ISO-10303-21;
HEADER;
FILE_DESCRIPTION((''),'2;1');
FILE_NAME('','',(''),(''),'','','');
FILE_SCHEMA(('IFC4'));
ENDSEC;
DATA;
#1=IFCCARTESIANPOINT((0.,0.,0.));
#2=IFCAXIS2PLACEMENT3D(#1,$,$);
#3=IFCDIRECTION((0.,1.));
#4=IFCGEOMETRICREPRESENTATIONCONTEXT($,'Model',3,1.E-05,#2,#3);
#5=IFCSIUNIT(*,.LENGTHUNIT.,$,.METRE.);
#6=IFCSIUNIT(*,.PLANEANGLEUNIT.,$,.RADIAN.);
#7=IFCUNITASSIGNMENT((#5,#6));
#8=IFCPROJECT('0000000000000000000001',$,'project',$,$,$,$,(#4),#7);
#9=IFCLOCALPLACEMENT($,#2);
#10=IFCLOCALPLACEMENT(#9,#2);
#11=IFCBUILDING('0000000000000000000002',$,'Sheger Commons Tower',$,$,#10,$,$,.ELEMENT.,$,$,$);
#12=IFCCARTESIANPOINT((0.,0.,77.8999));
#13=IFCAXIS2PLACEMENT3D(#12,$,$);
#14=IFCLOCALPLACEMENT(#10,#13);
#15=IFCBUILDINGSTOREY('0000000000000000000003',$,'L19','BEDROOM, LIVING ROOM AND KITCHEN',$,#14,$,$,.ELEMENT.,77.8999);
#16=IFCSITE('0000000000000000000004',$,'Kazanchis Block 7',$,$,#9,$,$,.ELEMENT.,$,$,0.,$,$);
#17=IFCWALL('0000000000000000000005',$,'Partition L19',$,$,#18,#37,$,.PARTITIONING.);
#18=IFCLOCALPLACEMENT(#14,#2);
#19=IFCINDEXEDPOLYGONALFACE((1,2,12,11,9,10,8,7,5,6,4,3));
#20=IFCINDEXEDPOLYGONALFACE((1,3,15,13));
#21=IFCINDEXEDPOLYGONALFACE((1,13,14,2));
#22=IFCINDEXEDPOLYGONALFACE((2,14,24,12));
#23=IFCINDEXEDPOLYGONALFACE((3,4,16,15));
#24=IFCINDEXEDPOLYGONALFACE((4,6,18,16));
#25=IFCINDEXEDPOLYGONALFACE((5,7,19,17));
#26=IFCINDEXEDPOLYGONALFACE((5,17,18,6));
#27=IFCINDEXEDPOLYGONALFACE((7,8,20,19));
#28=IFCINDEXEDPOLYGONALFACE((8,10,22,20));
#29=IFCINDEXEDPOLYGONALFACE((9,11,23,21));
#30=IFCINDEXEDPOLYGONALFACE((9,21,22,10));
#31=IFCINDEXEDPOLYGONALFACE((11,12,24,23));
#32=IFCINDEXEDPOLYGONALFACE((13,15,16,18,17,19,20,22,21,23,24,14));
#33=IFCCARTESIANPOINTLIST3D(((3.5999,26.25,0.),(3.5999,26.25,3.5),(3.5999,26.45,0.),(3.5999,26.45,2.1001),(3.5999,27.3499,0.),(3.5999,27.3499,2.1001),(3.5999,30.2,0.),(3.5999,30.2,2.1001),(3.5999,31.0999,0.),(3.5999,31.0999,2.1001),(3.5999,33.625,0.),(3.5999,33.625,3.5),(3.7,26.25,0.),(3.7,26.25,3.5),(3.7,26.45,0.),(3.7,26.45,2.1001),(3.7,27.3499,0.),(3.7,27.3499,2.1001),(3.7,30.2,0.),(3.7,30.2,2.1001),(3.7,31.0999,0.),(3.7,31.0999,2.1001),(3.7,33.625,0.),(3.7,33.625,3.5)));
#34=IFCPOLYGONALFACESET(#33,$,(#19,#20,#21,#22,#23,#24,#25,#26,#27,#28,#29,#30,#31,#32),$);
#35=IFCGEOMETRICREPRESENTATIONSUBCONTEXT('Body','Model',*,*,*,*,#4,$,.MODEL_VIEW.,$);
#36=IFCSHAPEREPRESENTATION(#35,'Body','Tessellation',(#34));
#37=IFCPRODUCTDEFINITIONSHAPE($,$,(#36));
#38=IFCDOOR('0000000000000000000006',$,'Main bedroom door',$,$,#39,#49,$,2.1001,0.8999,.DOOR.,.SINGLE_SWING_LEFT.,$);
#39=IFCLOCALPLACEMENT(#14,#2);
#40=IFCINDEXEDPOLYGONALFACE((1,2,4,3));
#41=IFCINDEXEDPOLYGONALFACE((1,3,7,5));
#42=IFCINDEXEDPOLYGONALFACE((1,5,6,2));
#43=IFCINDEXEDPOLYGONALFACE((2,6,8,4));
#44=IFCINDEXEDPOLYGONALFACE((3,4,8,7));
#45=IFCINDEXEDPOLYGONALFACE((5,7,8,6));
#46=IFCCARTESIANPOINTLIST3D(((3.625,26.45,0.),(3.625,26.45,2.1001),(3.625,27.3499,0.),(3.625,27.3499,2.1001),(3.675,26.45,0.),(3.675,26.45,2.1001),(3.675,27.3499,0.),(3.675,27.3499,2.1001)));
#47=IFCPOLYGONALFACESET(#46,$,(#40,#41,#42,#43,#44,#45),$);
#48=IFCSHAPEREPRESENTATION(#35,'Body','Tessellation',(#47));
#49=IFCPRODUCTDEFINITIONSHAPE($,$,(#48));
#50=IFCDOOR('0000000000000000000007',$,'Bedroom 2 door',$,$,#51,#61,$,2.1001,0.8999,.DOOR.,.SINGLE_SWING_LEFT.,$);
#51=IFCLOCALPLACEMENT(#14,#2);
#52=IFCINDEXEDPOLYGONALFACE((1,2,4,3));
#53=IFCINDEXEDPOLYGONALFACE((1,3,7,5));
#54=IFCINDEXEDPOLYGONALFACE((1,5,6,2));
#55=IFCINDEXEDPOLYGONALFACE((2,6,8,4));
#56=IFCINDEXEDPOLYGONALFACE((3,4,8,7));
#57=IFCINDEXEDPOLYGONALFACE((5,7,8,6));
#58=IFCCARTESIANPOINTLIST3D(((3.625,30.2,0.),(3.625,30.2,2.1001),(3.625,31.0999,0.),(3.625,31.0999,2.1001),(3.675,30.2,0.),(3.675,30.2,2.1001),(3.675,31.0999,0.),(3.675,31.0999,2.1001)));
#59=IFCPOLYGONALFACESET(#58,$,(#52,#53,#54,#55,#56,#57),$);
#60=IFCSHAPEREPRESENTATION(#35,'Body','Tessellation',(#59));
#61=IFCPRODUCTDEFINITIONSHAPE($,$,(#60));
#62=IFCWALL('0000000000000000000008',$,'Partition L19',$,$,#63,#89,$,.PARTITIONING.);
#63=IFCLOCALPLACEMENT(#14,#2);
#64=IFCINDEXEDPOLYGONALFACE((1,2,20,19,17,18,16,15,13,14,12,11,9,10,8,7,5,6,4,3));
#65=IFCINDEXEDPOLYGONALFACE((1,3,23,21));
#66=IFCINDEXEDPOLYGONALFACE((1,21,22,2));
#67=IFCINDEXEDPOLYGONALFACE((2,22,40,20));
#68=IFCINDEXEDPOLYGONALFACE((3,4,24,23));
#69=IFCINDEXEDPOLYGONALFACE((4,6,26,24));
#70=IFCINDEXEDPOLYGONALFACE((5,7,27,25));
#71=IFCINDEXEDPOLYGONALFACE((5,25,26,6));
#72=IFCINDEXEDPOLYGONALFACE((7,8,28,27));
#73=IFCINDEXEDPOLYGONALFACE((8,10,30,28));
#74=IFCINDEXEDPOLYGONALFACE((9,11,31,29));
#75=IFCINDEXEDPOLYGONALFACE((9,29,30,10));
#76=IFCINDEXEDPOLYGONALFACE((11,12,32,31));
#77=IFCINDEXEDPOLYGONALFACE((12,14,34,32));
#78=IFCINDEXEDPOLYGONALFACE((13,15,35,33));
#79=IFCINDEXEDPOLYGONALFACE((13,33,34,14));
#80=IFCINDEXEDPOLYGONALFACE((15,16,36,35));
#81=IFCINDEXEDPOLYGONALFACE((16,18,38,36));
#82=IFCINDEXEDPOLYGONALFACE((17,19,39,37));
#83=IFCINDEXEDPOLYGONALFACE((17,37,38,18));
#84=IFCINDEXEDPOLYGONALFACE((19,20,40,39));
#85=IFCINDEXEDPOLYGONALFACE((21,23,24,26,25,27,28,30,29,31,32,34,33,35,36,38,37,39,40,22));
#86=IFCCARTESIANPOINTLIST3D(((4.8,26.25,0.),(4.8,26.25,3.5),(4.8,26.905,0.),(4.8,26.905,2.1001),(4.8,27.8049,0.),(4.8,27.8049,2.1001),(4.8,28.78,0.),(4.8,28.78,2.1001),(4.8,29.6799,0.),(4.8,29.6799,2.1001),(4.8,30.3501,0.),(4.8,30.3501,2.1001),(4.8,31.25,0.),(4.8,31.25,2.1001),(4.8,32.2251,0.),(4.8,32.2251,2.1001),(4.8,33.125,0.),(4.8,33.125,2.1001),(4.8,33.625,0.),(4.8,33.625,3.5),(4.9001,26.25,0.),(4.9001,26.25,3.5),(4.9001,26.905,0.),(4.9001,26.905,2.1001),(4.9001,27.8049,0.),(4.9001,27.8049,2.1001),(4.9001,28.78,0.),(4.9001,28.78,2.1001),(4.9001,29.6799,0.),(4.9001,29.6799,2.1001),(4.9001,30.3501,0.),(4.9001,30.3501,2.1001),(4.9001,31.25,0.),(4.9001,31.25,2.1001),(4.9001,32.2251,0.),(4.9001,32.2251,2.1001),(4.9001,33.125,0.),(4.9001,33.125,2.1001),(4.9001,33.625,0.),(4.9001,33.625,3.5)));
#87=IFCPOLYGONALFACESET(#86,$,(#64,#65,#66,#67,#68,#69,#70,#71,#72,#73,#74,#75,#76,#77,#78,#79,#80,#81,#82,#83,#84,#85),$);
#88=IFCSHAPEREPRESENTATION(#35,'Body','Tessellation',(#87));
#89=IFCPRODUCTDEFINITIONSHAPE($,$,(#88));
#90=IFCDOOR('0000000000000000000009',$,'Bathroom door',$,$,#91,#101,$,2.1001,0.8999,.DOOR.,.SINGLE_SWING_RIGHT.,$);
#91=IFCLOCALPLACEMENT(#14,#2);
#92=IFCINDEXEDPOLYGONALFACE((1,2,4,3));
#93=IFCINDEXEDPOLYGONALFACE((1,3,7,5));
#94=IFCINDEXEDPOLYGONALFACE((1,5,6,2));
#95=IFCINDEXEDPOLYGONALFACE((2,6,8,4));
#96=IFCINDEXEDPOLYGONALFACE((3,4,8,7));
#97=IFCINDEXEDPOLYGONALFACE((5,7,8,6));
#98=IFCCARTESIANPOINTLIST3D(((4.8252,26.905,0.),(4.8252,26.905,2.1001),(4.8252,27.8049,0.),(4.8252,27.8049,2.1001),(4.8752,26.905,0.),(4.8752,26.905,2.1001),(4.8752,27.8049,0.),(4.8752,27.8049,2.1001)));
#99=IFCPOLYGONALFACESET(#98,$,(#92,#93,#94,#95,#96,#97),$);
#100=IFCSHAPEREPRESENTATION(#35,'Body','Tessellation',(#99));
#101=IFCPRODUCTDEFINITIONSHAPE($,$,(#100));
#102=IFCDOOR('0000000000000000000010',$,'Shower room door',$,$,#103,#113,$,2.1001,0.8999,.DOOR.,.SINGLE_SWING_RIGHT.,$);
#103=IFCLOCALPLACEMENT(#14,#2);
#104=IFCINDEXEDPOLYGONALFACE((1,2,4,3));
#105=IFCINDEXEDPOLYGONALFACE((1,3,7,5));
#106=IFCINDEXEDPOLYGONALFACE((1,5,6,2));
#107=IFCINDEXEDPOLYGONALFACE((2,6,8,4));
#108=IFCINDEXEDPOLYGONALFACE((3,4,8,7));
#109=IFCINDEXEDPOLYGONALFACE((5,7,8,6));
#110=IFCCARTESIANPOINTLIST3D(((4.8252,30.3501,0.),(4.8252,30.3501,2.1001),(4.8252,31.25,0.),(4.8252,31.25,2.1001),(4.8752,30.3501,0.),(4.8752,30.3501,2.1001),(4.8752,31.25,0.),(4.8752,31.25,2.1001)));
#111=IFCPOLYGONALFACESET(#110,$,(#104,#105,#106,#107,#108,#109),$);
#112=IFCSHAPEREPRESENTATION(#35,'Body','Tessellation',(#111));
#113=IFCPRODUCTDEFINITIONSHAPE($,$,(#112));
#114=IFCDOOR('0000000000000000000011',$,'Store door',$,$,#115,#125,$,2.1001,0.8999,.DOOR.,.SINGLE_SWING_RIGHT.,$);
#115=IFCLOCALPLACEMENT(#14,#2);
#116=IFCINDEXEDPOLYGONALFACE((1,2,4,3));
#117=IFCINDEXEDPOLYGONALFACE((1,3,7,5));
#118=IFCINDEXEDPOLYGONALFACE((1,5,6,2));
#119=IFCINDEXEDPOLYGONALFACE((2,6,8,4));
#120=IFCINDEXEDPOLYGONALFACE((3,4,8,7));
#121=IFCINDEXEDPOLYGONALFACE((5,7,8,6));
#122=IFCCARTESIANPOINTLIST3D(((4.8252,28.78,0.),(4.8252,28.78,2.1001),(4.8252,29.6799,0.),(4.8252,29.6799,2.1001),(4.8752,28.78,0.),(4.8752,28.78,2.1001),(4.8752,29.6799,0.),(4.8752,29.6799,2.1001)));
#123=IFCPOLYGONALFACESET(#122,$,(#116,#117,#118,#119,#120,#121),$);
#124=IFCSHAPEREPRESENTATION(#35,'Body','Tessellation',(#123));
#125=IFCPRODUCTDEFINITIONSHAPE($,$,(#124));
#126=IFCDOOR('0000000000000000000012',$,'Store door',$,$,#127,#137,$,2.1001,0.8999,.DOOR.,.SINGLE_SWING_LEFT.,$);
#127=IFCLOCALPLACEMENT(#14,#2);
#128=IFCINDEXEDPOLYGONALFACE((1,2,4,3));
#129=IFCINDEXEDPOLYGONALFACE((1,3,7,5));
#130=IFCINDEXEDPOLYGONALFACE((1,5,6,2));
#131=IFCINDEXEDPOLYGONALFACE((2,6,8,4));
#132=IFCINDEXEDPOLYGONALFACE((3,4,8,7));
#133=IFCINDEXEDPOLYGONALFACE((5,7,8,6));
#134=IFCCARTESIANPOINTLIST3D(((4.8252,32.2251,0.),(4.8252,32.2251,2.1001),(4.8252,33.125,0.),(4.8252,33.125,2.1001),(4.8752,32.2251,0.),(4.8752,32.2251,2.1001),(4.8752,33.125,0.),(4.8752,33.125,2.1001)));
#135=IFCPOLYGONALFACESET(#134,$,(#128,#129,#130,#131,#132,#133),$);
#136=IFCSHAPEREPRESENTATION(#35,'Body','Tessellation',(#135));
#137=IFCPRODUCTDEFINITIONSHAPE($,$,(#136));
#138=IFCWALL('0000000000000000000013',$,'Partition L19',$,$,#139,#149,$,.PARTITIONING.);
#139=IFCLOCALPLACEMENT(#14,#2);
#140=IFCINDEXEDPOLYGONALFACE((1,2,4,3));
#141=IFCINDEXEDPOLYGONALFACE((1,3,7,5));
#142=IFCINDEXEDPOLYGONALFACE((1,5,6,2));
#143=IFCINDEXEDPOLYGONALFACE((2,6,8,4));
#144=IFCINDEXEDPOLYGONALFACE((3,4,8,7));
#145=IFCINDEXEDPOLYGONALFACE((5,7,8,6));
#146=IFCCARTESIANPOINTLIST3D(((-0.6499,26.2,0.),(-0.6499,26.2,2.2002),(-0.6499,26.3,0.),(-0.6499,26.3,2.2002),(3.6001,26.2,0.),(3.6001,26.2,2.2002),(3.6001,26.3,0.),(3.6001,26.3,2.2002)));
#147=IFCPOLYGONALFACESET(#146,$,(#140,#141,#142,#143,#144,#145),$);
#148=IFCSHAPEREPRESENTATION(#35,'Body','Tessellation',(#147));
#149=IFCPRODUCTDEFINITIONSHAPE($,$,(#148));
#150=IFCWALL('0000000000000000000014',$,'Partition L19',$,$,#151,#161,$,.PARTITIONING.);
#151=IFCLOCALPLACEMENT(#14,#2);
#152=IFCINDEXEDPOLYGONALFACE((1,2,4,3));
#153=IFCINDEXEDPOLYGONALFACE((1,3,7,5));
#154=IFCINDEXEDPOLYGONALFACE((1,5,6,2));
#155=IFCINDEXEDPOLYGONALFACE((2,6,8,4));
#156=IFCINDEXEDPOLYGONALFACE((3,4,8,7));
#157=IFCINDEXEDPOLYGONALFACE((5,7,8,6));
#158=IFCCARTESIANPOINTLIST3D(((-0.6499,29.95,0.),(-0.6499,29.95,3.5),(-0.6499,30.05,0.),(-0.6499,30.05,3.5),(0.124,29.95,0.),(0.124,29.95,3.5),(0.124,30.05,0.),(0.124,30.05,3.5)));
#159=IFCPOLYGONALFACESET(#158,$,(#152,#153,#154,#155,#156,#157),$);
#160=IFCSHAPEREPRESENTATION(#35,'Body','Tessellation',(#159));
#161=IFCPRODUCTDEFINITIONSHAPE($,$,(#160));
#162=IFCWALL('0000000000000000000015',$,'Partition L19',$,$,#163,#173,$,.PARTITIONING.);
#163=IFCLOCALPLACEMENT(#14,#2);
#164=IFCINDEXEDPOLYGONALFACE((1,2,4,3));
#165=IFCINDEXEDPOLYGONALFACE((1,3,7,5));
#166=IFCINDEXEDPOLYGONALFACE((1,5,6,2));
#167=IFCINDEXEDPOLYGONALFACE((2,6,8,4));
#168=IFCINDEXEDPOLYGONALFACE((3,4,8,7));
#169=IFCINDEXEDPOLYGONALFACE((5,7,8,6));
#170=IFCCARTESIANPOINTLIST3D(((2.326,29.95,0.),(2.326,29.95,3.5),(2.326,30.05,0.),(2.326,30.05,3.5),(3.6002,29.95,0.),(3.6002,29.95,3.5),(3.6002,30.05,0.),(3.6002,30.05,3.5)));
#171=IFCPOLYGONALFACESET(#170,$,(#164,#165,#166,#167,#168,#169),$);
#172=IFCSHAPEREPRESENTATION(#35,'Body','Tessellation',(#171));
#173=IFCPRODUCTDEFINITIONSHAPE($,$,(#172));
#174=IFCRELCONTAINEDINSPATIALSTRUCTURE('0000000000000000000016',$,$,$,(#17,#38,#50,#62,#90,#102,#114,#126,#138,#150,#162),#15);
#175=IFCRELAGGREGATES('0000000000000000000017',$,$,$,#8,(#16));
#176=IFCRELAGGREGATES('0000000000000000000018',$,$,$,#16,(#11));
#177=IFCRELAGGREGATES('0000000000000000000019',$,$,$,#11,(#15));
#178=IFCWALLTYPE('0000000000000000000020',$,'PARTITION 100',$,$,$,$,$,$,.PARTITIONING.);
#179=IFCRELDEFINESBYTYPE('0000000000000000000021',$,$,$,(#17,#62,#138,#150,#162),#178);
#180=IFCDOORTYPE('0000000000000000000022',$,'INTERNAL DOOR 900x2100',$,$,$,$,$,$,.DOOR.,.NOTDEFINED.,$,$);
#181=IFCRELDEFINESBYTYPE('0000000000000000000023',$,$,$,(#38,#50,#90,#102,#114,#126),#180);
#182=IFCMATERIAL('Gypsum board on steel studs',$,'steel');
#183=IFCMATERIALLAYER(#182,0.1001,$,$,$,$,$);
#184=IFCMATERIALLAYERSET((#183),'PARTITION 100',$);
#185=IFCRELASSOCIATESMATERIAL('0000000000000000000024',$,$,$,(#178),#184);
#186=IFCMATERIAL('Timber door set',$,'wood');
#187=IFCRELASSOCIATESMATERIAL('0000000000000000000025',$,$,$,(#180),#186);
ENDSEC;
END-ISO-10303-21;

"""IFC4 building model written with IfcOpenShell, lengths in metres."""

from ifc_helpers import new_model, si_unit, direction, frame, frame_2d, origin, place, context, subcontext, project, spatial, rectangle, extrude, material, layer, layer_set, type_object, element, fill, save


model = new_model("IFC4")

# Units and contexts
model_context = context("Model", 3, precision=1e-05, world=origin(), true_north=direction((0.0, 1.0)))
body_context = subcontext(model_context, "Body", "Model", "MODEL_VIEW")
ifc_project = project(units=[si_unit("LENGTHUNIT", "METRE"), si_unit("PLANEANGLEUNIT", "RADIAN")], contexts=[model_context])

# Site, building, storey
site_placement = place(None, origin())
site = spatial("IfcSite", under=ifc_project, at=site_placement, Name="Kazanchis Block 7", CompositionType="ELEMENT", RefElevation=0.0)
building_placement = place(site_placement, origin())
building = spatial("IfcBuilding", under=site, at=building_placement, Name="Sheger Commons Tower", CompositionType="ELEMENT")
storey_placement = place(building_placement, frame((0.0, 0.0, 77.8999)))
storey = spatial("IfcBuildingStorey", under=building, at=storey_placement, Name="L19", Description="BEDROOM, LIVING ROOM AND KITCHEN", CompositionType="ELEMENT", Elevation=77.8999)

# Shared definitions
ifc_material_1 = material(Name="Gypsum board on steel studs", Category="steel")
ifc_layer_1 = layer(ifc_material_1, 0.1001)
ifc_layer_set_1 = layer_set([ifc_layer_1], Name="PARTITION 100")
wall_type_1 = type_object("IfcWallType", Name="PARTITION 100", PredefinedType="PARTITIONING", material=ifc_layer_set_1)

# Walls, openings, doors
wall_1_placement = place(storey_placement, frame((3.6499, 26.25, 0.0), z_axis=(0.0, 0.0, 1.0), x_axis=(0.0, 1.0, 0.0)))
wall_1 = element("IfcWall", 1, at=wall_1_placement, inside=storey, type_object=wall_type_1, Name="Partition L19", PredefinedType="PARTITIONING", context=body_context, shape_type="SweptSolid", body=[
    extrude(rectangle(XDim=7.375, YDim=0.1001, at=frame_2d((3.6875, 0.0))), origin(), (0.0, 0.0, 1.0), 3.5),
])
opening_1_placement = place(wall_1_placement, frame((0.2, 0.0, 0.0)))
opening_1 = element("IfcOpeningElement", 2, at=opening_1_placement, cuts=wall_1, PredefinedType="OPENING", context=body_context, shape_type="SweptSolid", body=[
    extrude(rectangle(XDim=0.8999, YDim=2.1001, at=frame_2d((0.45, 1.05))), frame((0.0, 0.0601, 0.0), z_axis=(0.0, -1.0, 0.0), x_axis=(1.0, 0.0, 0.0)), (0.0, 0.0, 1.0), 0.1201),
])
opening_2_placement = place(wall_1_placement, frame((3.95, 0.0, 0.0)))
opening_2 = element("IfcOpeningElement", 3, at=opening_2_placement, cuts=wall_1, PredefinedType="OPENING", context=body_context, shape_type="SweptSolid", body=[
    extrude(rectangle(XDim=0.8999, YDim=2.1001, at=frame_2d((0.45, 1.05))), frame((0.0, 0.0601, 0.0), z_axis=(0.0, -1.0, 0.0), x_axis=(1.0, 0.0, 0.0)), (0.0, 0.0, 1.0), 0.1201),
])
ifc_material_2 = material(Name="Timber door set", Category="wood")
door_type = type_object("IfcDoorType", Name="INTERNAL DOOR 900x2100", OperationType="NOTDEFINED", PredefinedType="DOOR", material=ifc_material_2)
door_1_placement = place(opening_1_placement, origin())
door_1 = element("IfcDoor", 4, at=door_1_placement, inside=storey, type_object=door_type, Name="Main bedroom door", OperationType="SINGLE_SWING_LEFT", OverallHeight=2.1001, OverallWidth=0.8999, PredefinedType="DOOR", context=body_context, shape_type="SweptSolid", body=[
    extrude(rectangle(XDim=0.8999, YDim=2.1001, at=frame_2d((0.45, 1.05))), frame((0.0, 0.0249, 0.0), z_axis=(0.0, -1.0, 0.0), x_axis=(1.0, 0.0, 0.0)), (0.0, 0.0, 1.0), 0.05),
])
fill(opening_1, door_1)
door_2_placement = place(opening_2_placement, origin())
door_2 = element("IfcDoor", 5, at=door_2_placement, inside=storey, type_object=door_type, Name="Bedroom 2 door", OperationType="SINGLE_SWING_LEFT", OverallHeight=2.1001, OverallWidth=0.8999, PredefinedType="DOOR", context=body_context, shape_type="SweptSolid", body=[
    extrude(rectangle(XDim=0.8999, YDim=2.1001, at=frame_2d((0.45, 1.05))), frame((0.0, 0.0249, 0.0), z_axis=(0.0, -1.0, 0.0), x_axis=(1.0, 0.0, 0.0)), (0.0, 0.0, 1.0), 0.05),
])
fill(opening_2, door_2)
wall_2_placement = place(storey_placement, frame((4.8501, 26.25, 0.0), z_axis=(0.0, 0.0, 1.0), x_axis=(0.0, 1.0, 0.0)))
wall_2 = element("IfcWall", 6, at=wall_2_placement, inside=storey, type_object=wall_type_1, Name="Partition L19", PredefinedType="PARTITIONING", context=body_context, shape_type="SweptSolid", body=[
    extrude(rectangle(XDim=7.375, YDim=0.1001, at=frame_2d((3.6875, 0.0))), origin(), (0.0, 0.0, 1.0), 3.5),
])
opening_3_placement = place(wall_2_placement, frame((0.655, 0.0, 0.0)))
opening_3 = element("IfcOpeningElement", 7, at=opening_3_placement, cuts=wall_2, PredefinedType="OPENING", context=body_context, shape_type="SweptSolid", body=[
    extrude(rectangle(XDim=0.8999, YDim=2.1001, at=frame_2d((0.45, 1.05))), frame((0.0, 0.0601, 0.0), z_axis=(0.0, -1.0, 0.0), x_axis=(1.0, 0.0, 0.0)), (0.0, 0.0, 1.0), 0.1201),
])
opening_4_placement = place(wall_2_placement, frame((4.1001, 0.0, 0.0)))
opening_4 = element("IfcOpeningElement", 8, at=opening_4_placement, cuts=wall_2, PredefinedType="OPENING", context=body_context, shape_type="SweptSolid", body=[
    extrude(rectangle(XDim=0.8999, YDim=2.1001, at=frame_2d((0.45, 1.05))), frame((0.0, 0.0601, 0.0), z_axis=(0.0, -1.0, 0.0), x_axis=(1.0, 0.0, 0.0)), (0.0, 0.0, 1.0), 0.1201),
])
opening_5_placement = place(wall_2_placement, frame((2.53, 0.0, 0.0)))
opening_5 = element("IfcOpeningElement", 9, at=opening_5_placement, cuts=wall_2, PredefinedType="OPENING", context=body_context, shape_type="SweptSolid", body=[
    extrude(rectangle(XDim=0.8999, YDim=2.1001, at=frame_2d((0.45, 1.05))), frame((0.0, 0.0601, 0.0), z_axis=(0.0, -1.0, 0.0), x_axis=(1.0, 0.0, 0.0)), (0.0, 0.0, 1.0), 0.1201),
])
opening_6_placement = place(wall_2_placement, frame((5.9751, 0.0, 0.0)))
opening_6 = element("IfcOpeningElement", 10, at=opening_6_placement, cuts=wall_2, PredefinedType="OPENING", context=body_context, shape_type="SweptSolid", body=[
    extrude(rectangle(XDim=0.8999, YDim=2.1001, at=frame_2d((0.45, 1.05))), frame((0.0, 0.0601, 0.0), z_axis=(0.0, -1.0, 0.0), x_axis=(1.0, 0.0, 0.0)), (0.0, 0.0, 1.0), 0.1201),
])
door_3_placement = place(opening_3_placement, origin())
door_3 = element("IfcDoor", 11, at=door_3_placement, inside=storey, type_object=door_type, Name="Bathroom door", OperationType="SINGLE_SWING_RIGHT", OverallHeight=2.1001, OverallWidth=0.8999, PredefinedType="DOOR", context=body_context, shape_type="SweptSolid", body=[
    extrude(rectangle(XDim=0.8999, YDim=2.1001, at=frame_2d((0.45, 1.05))), frame((0.0, 0.0249, 0.0), z_axis=(0.0, -1.0, 0.0), x_axis=(1.0, 0.0, 0.0)), (0.0, 0.0, 1.0), 0.05),
])
fill(opening_3, door_3)
door_4_placement = place(opening_4_placement, origin())
door_4 = element("IfcDoor", 12, at=door_4_placement, inside=storey, type_object=door_type, Name="Shower room door", OperationType="SINGLE_SWING_RIGHT", OverallHeight=2.1001, OverallWidth=0.8999, PredefinedType="DOOR", context=body_context, shape_type="SweptSolid", body=[
    extrude(rectangle(XDim=0.8999, YDim=2.1001, at=frame_2d((0.45, 1.05))), frame((0.0, 0.0249, 0.0), z_axis=(0.0, -1.0, 0.0), x_axis=(1.0, 0.0, 0.0)), (0.0, 0.0, 1.0), 0.05),
])
fill(opening_4, door_4)
door_5_placement = place(opening_5_placement, origin())
door_5 = element("IfcDoor", 13, at=door_5_placement, inside=storey, type_object=door_type, Name="Store door", OperationType="SINGLE_SWING_RIGHT", OverallHeight=2.1001, OverallWidth=0.8999, PredefinedType="DOOR", context=body_context, shape_type="SweptSolid", body=[
    extrude(rectangle(XDim=0.8999, YDim=2.1001, at=frame_2d((0.45, 1.05))), frame((0.0, 0.0249, 0.0), z_axis=(0.0, -1.0, 0.0), x_axis=(1.0, 0.0, 0.0)), (0.0, 0.0, 1.0), 0.05),
])
fill(opening_5, door_5)
door_6_placement = place(opening_6_placement, origin())
door_6 = element("IfcDoor", 14, at=door_6_placement, inside=storey, type_object=door_type, Name="Store door", OperationType="SINGLE_SWING_LEFT", OverallHeight=2.1001, OverallWidth=0.8999, PredefinedType="DOOR", context=body_context, shape_type="SweptSolid", body=[
    extrude(rectangle(XDim=0.8999, YDim=2.1001, at=frame_2d((0.45, 1.05))), frame((0.0, 0.0249, 0.0), z_axis=(0.0, -1.0, 0.0), x_axis=(1.0, 0.0, 0.0)), (0.0, 0.0, 1.0), 0.05),
])
fill(opening_6, door_6)

# Walls
wall_3_placement = place(storey_placement, frame((-0.6499, 26.25, 0.0), z_axis=(0.0, 0.0, 1.0), x_axis=(1.0, 0.0, 0.0)))
element("IfcWall", 15, at=wall_3_placement, inside=storey, type_object=wall_type_1, Name="Partition L19", PredefinedType="PARTITIONING", context=body_context, shape_type="SweptSolid", body=[
    extrude(rectangle(XDim=4.25, YDim=0.1001, at=frame_2d((2.125, 0.0))), origin(), (0.0, 0.0, 1.0), 2.2002),
])
wall_4_placement = place(storey_placement, frame((-0.6499, 30.0, 0.0), z_axis=(0.0, 0.0, 1.0), x_axis=(1.0, 0.0, 0.0)))
element("IfcWall", 16, at=wall_4_placement, inside=storey, type_object=wall_type_1, Name="Partition L19", PredefinedType="PARTITIONING", context=body_context, shape_type="SweptSolid", body=[
    extrude(rectangle(XDim=0.7739, YDim=0.1001, at=frame_2d((0.387, 0.0))), origin(), (0.0, 0.0, 1.0), 3.5),
])
wall_5_placement = place(storey_placement, frame((2.3259, 30.0, 0.0), z_axis=(0.0, 0.0, 1.0), x_axis=(1.0, 0.0, 0.0)))
element("IfcWall", 17, at=wall_5_placement, inside=storey, type_object=wall_type_1, Name="Partition L19", PredefinedType="PARTITIONING", context=body_context, shape_type="SweptSolid", body=[
    extrude(rectangle(XDim=1.2742, YDim=0.1001, at=frame_2d((0.6372, 0.0))), origin(), (0.0, 0.0, 1.0), 3.5),
])

save(model, "model.ifc")
